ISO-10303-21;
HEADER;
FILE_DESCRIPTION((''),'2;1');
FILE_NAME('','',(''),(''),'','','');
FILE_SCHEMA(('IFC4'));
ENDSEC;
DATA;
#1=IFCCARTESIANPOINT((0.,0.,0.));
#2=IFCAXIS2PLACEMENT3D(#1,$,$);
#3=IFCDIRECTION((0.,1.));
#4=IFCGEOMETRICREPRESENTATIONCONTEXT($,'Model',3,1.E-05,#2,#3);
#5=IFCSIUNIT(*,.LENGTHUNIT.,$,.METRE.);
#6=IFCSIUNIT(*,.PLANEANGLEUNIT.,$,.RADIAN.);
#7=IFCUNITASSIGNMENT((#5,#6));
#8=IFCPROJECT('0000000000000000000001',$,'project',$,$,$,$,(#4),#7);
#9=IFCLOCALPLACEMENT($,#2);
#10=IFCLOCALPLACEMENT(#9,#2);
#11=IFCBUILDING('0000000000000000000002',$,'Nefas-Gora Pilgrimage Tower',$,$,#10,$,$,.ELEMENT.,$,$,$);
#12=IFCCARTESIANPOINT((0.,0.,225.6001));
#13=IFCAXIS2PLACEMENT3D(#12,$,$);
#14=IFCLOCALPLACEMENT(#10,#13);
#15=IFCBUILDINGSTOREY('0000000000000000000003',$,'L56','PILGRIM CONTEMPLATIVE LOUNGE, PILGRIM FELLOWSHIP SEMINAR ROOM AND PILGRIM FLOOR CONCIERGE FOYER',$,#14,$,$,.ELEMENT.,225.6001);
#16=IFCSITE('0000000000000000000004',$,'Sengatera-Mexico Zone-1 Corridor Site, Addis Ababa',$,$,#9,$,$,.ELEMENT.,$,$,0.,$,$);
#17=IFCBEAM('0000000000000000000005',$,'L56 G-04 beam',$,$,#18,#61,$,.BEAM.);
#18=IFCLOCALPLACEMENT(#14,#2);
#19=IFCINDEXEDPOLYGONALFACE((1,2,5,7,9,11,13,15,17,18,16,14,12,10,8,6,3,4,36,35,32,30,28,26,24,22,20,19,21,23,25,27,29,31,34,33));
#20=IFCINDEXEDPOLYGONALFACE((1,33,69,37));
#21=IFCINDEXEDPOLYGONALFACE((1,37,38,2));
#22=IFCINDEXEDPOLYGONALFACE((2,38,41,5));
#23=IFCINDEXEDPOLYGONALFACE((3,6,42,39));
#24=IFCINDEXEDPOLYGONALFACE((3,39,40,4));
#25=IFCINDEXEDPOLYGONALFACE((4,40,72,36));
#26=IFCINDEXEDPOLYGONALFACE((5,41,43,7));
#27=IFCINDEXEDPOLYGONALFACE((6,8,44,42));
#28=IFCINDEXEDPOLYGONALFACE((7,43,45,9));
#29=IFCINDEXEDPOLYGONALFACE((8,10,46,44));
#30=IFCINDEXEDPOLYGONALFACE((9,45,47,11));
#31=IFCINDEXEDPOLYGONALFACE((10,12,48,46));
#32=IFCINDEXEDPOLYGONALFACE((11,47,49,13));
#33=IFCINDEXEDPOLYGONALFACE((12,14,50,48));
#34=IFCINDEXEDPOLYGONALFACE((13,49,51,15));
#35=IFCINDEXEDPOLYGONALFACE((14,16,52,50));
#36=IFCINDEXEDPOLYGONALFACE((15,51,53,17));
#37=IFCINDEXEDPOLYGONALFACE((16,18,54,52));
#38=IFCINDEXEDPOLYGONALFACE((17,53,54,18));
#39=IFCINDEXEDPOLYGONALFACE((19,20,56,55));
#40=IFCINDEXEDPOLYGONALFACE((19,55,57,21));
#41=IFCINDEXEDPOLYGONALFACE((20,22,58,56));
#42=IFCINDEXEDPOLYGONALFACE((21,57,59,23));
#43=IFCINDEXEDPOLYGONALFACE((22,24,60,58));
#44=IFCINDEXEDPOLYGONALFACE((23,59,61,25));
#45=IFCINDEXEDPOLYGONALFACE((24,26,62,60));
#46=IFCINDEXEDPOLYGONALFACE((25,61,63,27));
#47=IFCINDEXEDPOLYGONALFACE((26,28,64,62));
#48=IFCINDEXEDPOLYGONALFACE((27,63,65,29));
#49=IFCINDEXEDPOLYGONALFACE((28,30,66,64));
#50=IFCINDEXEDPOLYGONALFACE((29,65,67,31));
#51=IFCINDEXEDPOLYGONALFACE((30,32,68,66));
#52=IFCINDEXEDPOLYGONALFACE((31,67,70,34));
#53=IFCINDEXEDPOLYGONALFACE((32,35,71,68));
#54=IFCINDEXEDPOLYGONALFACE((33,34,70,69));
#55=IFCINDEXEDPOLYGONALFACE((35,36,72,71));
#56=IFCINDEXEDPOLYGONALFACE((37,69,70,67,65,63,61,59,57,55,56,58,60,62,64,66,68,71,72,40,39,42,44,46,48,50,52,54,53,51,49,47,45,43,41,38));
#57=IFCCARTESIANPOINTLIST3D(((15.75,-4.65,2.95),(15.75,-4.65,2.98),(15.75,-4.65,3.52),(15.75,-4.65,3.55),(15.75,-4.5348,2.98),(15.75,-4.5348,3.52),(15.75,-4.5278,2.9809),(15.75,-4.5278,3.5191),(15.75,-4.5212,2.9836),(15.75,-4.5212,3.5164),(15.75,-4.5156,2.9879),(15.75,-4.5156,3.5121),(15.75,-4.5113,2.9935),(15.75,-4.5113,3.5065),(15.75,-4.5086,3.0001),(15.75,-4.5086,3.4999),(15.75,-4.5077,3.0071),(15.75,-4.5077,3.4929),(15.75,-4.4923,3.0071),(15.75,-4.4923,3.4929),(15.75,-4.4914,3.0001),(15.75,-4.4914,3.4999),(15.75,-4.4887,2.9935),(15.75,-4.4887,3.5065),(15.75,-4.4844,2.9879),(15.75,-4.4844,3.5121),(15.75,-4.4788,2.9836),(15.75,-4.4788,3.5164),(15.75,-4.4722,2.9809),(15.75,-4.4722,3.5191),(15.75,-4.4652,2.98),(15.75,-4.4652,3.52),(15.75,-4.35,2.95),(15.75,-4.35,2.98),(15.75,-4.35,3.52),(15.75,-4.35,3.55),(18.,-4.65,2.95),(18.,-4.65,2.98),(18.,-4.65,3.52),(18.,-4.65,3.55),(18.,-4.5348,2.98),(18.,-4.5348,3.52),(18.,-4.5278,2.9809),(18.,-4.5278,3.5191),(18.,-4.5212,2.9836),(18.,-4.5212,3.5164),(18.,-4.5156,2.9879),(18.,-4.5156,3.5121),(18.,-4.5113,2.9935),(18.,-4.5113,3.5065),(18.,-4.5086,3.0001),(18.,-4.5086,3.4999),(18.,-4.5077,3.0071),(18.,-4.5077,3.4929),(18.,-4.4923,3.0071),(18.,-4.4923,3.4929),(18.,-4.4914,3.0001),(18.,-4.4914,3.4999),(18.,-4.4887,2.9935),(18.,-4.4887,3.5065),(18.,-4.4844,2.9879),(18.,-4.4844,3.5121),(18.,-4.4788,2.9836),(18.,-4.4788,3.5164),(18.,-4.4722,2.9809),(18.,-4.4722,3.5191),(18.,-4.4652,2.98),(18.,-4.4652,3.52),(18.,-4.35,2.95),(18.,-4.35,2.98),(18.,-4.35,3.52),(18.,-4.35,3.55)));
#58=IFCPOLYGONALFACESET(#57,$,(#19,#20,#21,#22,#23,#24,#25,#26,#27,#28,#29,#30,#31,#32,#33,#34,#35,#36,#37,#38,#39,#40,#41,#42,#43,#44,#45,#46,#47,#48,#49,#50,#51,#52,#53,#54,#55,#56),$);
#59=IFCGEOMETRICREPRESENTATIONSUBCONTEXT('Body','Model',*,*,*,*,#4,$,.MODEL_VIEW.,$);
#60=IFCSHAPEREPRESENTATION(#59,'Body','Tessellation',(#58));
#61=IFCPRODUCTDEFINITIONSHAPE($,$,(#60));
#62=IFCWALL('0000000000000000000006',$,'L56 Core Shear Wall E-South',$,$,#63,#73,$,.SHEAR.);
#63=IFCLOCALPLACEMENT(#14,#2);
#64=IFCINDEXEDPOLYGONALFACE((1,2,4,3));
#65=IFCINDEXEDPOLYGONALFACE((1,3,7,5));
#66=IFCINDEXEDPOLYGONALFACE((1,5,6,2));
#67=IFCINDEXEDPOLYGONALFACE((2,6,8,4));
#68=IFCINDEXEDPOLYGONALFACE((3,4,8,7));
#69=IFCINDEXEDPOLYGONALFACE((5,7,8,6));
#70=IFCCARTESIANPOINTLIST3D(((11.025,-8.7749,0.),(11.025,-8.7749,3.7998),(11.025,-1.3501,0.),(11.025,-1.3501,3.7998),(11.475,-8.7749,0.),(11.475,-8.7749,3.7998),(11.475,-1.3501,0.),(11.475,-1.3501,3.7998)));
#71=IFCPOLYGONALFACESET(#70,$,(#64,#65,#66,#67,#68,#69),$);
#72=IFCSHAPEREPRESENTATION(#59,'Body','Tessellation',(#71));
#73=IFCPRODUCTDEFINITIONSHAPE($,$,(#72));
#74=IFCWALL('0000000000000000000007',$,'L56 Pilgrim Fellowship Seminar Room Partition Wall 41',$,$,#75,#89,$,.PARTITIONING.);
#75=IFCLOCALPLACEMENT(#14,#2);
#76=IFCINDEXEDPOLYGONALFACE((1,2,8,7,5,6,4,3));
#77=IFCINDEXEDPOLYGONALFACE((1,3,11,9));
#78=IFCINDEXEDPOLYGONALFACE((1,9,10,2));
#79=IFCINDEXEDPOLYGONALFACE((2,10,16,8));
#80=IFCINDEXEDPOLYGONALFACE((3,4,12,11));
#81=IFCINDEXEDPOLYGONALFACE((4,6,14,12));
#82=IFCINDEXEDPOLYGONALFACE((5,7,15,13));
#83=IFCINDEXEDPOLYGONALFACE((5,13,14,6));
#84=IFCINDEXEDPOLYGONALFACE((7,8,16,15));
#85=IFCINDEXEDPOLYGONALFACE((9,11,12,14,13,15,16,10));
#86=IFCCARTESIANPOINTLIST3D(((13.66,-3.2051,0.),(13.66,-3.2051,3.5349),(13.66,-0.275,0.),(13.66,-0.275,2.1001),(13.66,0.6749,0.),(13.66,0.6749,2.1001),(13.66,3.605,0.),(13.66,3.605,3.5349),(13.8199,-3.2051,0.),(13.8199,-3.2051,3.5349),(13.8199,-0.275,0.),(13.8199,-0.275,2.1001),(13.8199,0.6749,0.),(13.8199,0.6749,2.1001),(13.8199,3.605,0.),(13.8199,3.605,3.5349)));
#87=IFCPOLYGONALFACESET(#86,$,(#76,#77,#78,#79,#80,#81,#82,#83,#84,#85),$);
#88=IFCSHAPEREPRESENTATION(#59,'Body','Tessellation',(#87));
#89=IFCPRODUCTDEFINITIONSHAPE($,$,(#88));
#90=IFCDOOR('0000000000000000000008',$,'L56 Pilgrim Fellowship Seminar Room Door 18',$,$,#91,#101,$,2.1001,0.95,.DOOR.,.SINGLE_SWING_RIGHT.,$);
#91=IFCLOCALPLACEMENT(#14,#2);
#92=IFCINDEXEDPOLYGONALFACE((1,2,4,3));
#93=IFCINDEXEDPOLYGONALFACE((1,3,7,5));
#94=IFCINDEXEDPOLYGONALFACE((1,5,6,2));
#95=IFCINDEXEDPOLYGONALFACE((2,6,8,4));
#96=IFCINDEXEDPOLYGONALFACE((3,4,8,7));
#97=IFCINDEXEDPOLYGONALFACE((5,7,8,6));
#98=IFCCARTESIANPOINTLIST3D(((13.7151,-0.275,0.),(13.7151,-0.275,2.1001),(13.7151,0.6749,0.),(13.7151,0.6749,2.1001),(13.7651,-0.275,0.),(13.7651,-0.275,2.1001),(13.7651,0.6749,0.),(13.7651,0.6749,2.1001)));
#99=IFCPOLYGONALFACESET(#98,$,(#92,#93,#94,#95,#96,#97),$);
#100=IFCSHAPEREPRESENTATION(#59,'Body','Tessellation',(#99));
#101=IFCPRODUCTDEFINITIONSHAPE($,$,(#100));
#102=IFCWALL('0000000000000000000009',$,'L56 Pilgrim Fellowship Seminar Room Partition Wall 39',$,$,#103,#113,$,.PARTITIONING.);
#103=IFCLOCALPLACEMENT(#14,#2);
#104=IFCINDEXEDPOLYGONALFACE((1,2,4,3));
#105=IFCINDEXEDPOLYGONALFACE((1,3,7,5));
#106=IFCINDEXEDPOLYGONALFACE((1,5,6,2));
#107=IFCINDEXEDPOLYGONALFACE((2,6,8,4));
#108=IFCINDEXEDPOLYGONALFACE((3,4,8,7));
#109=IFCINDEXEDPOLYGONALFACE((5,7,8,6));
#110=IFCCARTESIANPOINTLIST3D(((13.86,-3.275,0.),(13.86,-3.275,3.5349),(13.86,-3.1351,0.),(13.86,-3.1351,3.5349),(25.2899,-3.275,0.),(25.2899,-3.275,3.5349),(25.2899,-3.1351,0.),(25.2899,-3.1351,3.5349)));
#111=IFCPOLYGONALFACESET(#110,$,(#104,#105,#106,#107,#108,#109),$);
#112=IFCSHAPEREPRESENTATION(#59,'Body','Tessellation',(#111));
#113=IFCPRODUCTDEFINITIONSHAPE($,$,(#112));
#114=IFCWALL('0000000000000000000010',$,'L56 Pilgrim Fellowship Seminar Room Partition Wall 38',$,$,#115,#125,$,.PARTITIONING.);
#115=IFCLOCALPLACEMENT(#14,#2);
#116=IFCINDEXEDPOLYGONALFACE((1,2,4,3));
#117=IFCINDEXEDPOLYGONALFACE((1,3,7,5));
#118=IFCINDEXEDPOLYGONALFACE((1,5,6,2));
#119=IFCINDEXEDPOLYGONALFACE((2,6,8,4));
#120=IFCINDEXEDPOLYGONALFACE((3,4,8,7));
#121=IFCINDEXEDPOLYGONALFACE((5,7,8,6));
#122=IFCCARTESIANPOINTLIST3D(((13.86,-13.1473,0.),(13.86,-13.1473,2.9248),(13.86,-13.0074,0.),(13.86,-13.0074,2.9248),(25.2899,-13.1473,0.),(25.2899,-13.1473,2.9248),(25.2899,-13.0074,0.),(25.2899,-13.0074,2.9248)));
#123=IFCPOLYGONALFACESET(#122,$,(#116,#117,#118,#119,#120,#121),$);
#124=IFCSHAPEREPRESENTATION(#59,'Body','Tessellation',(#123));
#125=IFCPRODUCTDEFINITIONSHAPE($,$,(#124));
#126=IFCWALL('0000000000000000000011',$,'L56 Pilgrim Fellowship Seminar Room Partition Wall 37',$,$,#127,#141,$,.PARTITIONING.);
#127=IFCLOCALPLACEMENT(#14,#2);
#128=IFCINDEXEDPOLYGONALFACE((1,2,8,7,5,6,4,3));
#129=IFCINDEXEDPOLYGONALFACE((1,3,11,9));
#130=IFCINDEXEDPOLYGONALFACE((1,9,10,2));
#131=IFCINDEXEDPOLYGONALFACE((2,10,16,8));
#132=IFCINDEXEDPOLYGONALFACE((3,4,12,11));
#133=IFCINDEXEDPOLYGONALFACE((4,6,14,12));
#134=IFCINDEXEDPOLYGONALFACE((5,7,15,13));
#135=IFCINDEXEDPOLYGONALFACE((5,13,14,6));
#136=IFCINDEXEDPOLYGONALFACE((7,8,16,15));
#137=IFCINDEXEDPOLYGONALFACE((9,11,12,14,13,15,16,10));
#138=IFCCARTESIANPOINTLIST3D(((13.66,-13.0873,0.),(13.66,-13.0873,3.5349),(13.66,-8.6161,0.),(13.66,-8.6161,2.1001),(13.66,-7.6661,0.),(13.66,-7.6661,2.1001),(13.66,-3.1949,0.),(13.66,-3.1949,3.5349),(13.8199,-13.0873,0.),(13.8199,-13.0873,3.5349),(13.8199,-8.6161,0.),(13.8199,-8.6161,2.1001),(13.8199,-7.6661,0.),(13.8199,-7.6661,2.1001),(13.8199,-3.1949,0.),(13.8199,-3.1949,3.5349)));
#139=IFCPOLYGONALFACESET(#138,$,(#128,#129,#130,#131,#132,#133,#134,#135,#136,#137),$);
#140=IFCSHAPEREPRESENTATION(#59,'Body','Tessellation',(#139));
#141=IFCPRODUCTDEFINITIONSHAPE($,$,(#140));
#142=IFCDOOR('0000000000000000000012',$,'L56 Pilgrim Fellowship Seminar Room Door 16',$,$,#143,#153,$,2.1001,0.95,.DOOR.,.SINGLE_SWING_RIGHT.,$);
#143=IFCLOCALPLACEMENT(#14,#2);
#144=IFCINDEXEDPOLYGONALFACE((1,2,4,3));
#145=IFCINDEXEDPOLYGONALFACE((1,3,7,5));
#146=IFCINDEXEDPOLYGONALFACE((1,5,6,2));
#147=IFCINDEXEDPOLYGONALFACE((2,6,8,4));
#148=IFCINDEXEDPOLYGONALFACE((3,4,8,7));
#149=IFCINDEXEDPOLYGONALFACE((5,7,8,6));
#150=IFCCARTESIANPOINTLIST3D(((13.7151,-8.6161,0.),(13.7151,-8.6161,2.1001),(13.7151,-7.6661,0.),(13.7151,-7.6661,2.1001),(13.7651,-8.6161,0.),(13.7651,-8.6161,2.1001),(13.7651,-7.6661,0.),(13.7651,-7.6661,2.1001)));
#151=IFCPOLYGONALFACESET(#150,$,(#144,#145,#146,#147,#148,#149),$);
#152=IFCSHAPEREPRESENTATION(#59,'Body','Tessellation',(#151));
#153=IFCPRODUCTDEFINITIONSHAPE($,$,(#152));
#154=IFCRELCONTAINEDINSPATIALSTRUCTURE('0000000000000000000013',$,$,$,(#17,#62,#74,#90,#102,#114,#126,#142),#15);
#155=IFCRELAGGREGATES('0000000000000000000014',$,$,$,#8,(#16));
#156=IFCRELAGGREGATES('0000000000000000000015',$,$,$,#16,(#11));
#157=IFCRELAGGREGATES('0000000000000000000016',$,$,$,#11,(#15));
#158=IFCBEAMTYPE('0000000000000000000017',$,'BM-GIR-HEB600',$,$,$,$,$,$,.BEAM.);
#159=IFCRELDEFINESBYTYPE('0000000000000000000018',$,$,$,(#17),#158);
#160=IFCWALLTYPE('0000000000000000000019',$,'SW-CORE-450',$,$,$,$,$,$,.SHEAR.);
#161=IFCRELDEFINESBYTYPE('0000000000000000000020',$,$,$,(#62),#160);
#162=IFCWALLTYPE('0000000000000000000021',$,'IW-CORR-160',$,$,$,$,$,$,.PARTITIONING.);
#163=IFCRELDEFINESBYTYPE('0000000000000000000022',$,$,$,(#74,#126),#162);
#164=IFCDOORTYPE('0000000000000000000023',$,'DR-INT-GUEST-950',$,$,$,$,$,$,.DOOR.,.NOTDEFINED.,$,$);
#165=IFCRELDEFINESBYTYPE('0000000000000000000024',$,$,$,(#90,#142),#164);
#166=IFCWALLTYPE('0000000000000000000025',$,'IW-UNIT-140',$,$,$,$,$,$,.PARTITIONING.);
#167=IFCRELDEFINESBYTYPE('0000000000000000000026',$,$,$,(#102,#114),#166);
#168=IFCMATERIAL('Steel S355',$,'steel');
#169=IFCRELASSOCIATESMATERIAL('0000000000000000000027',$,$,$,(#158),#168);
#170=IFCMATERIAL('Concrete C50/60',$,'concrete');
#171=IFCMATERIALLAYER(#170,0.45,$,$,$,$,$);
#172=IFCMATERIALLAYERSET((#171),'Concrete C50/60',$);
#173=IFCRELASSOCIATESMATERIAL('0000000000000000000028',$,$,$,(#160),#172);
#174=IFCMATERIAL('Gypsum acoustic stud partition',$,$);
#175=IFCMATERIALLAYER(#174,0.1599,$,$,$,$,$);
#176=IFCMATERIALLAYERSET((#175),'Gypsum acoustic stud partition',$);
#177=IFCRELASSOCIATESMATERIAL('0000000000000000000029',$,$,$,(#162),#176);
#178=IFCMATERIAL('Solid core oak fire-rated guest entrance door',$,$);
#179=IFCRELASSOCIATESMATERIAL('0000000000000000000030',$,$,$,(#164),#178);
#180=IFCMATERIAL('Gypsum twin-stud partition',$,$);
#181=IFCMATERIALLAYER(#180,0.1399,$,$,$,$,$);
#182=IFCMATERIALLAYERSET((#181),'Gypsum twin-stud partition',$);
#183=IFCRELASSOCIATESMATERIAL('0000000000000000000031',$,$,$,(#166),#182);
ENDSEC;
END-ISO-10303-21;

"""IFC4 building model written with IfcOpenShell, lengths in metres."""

from ifc_helpers import new_model, si_unit, direction, frame, frame_2d, origin, origin_2d, place, context, subcontext, project, spatial, rectangle, i_section, extrude, source, transform, mapped, material, layer, layer_set, material_profile, profile_set, type_object, element, fill, save


model = new_model("IFC4")

# Units and contexts
model_context = context("Model", 3, precision=1e-05, world=origin(), true_north=direction((0.0, 1.0)))
body_context = subcontext(model_context, "Body", "Model", "MODEL_VIEW")
ifc_project = project(units=[si_unit("LENGTHUNIT", "METRE"), si_unit("PLANEANGLEUNIT", "RADIAN")], contexts=[model_context])

# Site, building, storey
site_placement = place(None, origin())
site = spatial("IfcSite", under=ifc_project, at=site_placement, Name="Sengatera-Mexico Zone-1 Corridor Site, Addis Ababa", CompositionType="ELEMENT", RefElevation=0.0)
building_placement = place(site_placement, origin())
building = spatial("IfcBuilding", under=site, at=building_placement, Name="Nefas-Gora Pilgrimage Tower", CompositionType="ELEMENT")
storey_placement = place(building_placement, frame((0.0, 0.0, 225.6001)))
storey = spatial("IfcBuildingStorey", under=building, at=storey_placement, Name="L56", Description="PILGRIM CONTEMPLATIVE LOUNGE, PILGRIM FELLOWSHIP SEMINAR ROOM AND PILGRIM FLOOR CONCIERGE FOYER", CompositionType="ELEMENT", Elevation=225.6001)

# Beam
ifc_material_1 = material(Name="Concrete C50/60", Category="concrete")
ifc_material_2 = material(Name="Steel S355", Category="steel")
ifc_material_profile_1 = material_profile(ifc_material_2, i_section(OverallWidth=0.3, OverallDepth=0.6001, WebThickness=0.0154, FlangeThickness=0.03, FilletRadius=0.0271, at=origin_2d()), Name="HEB 600")
ifc_profile_set_1 = profile_set([ifc_material_profile_1], Name="Steel S355")
beam_type_1 = type_object("IfcBeamType", Name="BM-GIR-HEB600", PredefinedType="BEAM", material=ifc_profile_set_1)
shared_shape_1 = source(origin(), body_context, "Body", "SweptSolid", [
    extrude(i_section(OverallWidth=0.3, OverallDepth=0.6001, WebThickness=0.0154, FlangeThickness=0.03, FilletRadius=0.0271, at=origin_2d()), origin(), (0.0, 0.0, 1.0), 2.25),
])
for number, where, z_axis, x_axis, name in (
    (1, (15.75, -4.5, 3.25), (1.0, 0.0, 0.0), (0.0, 1.0, 0.0), "L56 G-04 beam"),
):
    element("IfcBeam", number, at=place(storey_placement, frame(where, z_axis=z_axis, x_axis=x_axis)), inside=storey, type_object=beam_type_1, Name=name, PredefinedType="BEAM", context=body_context, shape_type="MappedRepresentation", body=[
        mapped(shared_shape_1, transform((0.0, 0.0, 0.0), x_axis=(1.0, 0.0, 0.0), y_axis=(0.0, 1.0, 0.0), z_axis=(0.0, 0.0, 1.0), scale=1.0)),
    ])

# Wall
ifc_layer_1 = layer(ifc_material_1, 0.45)
ifc_layer_set_1 = layer_set([ifc_layer_1], Name="Concrete C50/60")
wall_type_1 = type_object("IfcWallType", Name="SW-CORE-450", PredefinedType="SHEAR", material=ifc_layer_set_1)
shared_shape_2 = source(origin(), body_context, "Body", "SweptSolid", [
    extrude(rectangle(XDim=7.4248, YDim=0.45, at=frame_2d((3.7124, 0.0))), origin(), (0.0, 0.0, 1.0), 3.7998),
])
wall_1_placement = place(storey_placement, frame((11.25, -8.7749, 0.0), z_axis=(0.0, 0.0, 1.0), x_axis=(0.0, 1.0, 0.0)))
element("IfcWall", 2, at=wall_1_placement, inside=storey, type_object=wall_type_1, Name="L56 Core Shear Wall E-South", PredefinedType="SHEAR", context=body_context, shape_type="MappedRepresentation", body=[
    mapped(shared_shape_2, transform((0.0, 0.0, 0.0), x_axis=(1.0, 0.0, 0.0), y_axis=(0.0, 1.0, 0.0), z_axis=(0.0, 0.0, 1.0), scale=1.0)),
])

# Wall, opening, door
ifc_material_3 = material(Name="Gypsum acoustic stud partition")
ifc_layer_2 = layer(ifc_material_3, 0.1599)
ifc_layer_set_2 = layer_set([ifc_layer_2], Name="Gypsum acoustic stud partition")
wall_type_2 = type_object("IfcWallType", Name="IW-CORR-160", PredefinedType="PARTITIONING", material=ifc_layer_set_2)
shared_shape_3 = source(origin(), body_context, "Body", "SweptSolid", [
    extrude(rectangle(XDim=6.8101, YDim=0.1599, at=frame_2d((3.405, 0.0))), origin(), (0.0, 0.0, 1.0), 3.5349),
])
wall_2_placement = place(storey_placement, frame((13.74, -3.2051, 0.0), z_axis=(0.0, 0.0, 1.0), x_axis=(0.0, 1.0, 0.0)))
wall_2 = element("IfcWall", 3, at=wall_2_placement, inside=storey, type_object=wall_type_2, Name="L56 Pilgrim Fellowship Seminar Room Partition Wall 41", PredefinedType="PARTITIONING", context=body_context, shape_type="MappedRepresentation", body=[
    mapped(shared_shape_3, transform((0.0, 0.0, 0.0), x_axis=(1.0, 0.0, 0.0), y_axis=(0.0, 1.0, 0.0), z_axis=(0.0, 0.0, 1.0), scale=1.0)),
])
opening_1_placement = place(wall_2_placement, frame((2.9299, 0.0, 0.0)))
opening_1 = element("IfcOpeningElement", 4, at=opening_1_placement, cuts=wall_2, PredefinedType="OPENING", context=body_context, shape_type="SweptSolid", body=[
    extrude(rectangle(XDim=0.95, YDim=2.1001, at=frame_2d((0.4751, 1.05))), frame((0.0, 0.0898, 0.0), z_axis=(0.0, -1.0, 0.0), x_axis=(1.0, 0.0, 0.0)), (0.0, 0.0, 1.0), 0.1799),
])
ifc_material_4 = material(Name="Solid core oak fire-rated guest entrance door")
door_type_1 = type_object("IfcDoorType", Name="DR-INT-GUEST-950", OperationType="NOTDEFINED", PredefinedType="DOOR", material=ifc_material_4)
shared_shape_4 = source(origin(), body_context, "Body", "SweptSolid", [
    extrude(rectangle(XDim=0.95, YDim=2.1001, at=frame_2d((0.4751, 1.05))), frame((0.0, 0.0249, 0.0), z_axis=(0.0, -1.0, 0.0), x_axis=(1.0, 0.0, 0.0)), (0.0, 0.0, 1.0), 0.05),
])
door_1_placement = place(opening_1_placement, origin())
door_1 = element("IfcDoor", 5, at=door_1_placement, inside=storey, type_object=door_type_1, Name="L56 Pilgrim Fellowship Seminar Room Door 18", OperationType="SINGLE_SWING_RIGHT", OverallHeight=2.1001, OverallWidth=0.95, PredefinedType="DOOR", context=body_context, shape_type="MappedRepresentation", body=[
    mapped(shared_shape_4, transform((0.0, 0.0, 0.0), x_axis=(1.0, 0.0, 0.0), y_axis=(0.0, 1.0, 0.0), z_axis=(0.0, 0.0, 1.0), scale=1.0)),
])
fill(opening_1, door_1)

# Wall
ifc_material_5 = material(Name="Gypsum twin-stud partition")
ifc_layer_3 = layer(ifc_material_5, 0.1399)
ifc_layer_set_3 = layer_set([ifc_layer_3], Name="Gypsum twin-stud partition")
wall_type_3 = type_object("IfcWallType", Name="IW-UNIT-140", PredefinedType="PARTITIONING", material=ifc_layer_set_3)
shared_shape_5 = source(origin(), body_context, "Body", "SweptSolid", [
    extrude(rectangle(XDim=11.4299, YDim=0.1399, at=frame_2d((5.7148, 0.0))), origin(), (0.0, 0.0, 1.0), 3.5349),
])
wall_3_placement = place(storey_placement, frame((13.8601, -3.2051, 0.0), z_axis=(0.0, 0.0, 1.0), x_axis=(1.0, 0.0, 0.0)))
element("IfcWall", 6, at=wall_3_placement, inside=storey, type_object=wall_type_3, Name="L56 Pilgrim Fellowship Seminar Room Partition Wall 39", PredefinedType="PARTITIONING", context=body_context, shape_type="MappedRepresentation", body=[
    mapped(shared_shape_5, transform((0.0, 0.0, 0.0), x_axis=(1.0, 0.0, 0.0), y_axis=(0.0, 1.0, 0.0), z_axis=(0.0, 0.0, 1.0), scale=1.0)),
])

# Wall
shared_shape_6 = source(origin(), body_context, "Body", "SweptSolid", [
    extrude(rectangle(XDim=11.4299, YDim=0.1399, at=frame_2d((5.7148, 0.0))), origin(), (0.0, 0.0, 1.0), 2.9248),
])
wall_4_placement = place(storey_placement, frame((13.8601, -13.0774, 0.0), z_axis=(0.0, 0.0, 1.0), x_axis=(1.0, 0.0, 0.0)))
element("IfcWall", 7, at=wall_4_placement, inside=storey, type_object=wall_type_3, Name="L56 Pilgrim Fellowship Seminar Room Partition Wall 38", PredefinedType="PARTITIONING", context=body_context, shape_type="MappedRepresentation", body=[
    mapped(shared_shape_6, transform((0.0, 0.0, 0.0), x_axis=(1.0, 0.0, 0.0), y_axis=(0.0, 1.0, 0.0), z_axis=(0.0, 0.0, 1.0), scale=1.0)),
])

# Wall, opening, door
shared_shape_7 = source(origin(), body_context, "Body", "SweptSolid", [
    extrude(rectangle(XDim=9.8923, YDim=0.1599, at=frame_2d((4.9463, 0.0))), origin(), (0.0, 0.0, 1.0), 3.5349),
])
wall_5_placement = place(storey_placement, frame((13.74, -13.0874, 0.0), z_axis=(0.0, 0.0, 1.0), x_axis=(0.0, 1.0, 0.0)))
wall_5 = element("IfcWall", 8, at=wall_5_placement, inside=storey, type_object=wall_type_2, Name="L56 Pilgrim Fellowship Seminar Room Partition Wall 37", PredefinedType="PARTITIONING", context=body_context, shape_type="MappedRepresentation", body=[
    mapped(shared_shape_7, transform((0.0, 0.0, 0.0), x_axis=(1.0, 0.0, 0.0), y_axis=(0.0, 1.0, 0.0), z_axis=(0.0, 0.0, 1.0), scale=1.0)),
])
opening_2_placement = place(wall_5_placement, frame((4.4712, 0.0, 0.0)))
opening_2 = element("IfcOpeningElement", 9, at=opening_2_placement, cuts=wall_5, PredefinedType="OPENING", context=body_context, shape_type="SweptSolid", body=[
    extrude(rectangle(XDim=0.95, YDim=2.1001, at=frame_2d((0.4751, 1.05))), frame((0.0, 0.0898, 0.0), z_axis=(0.0, -1.0, 0.0), x_axis=(1.0, 0.0, 0.0)), (0.0, 0.0, 1.0), 0.1799),
])
door_2_placement = place(opening_2_placement, origin())
door_2 = element("IfcDoor", 10, at=door_2_placement, inside=storey, type_object=door_type_1, Name="L56 Pilgrim Fellowship Seminar Room Door 16", OperationType="SINGLE_SWING_RIGHT", OverallHeight=2.1001, OverallWidth=0.95, PredefinedType="DOOR", context=body_context, shape_type="MappedRepresentation", body=[
    mapped(shared_shape_4, transform((0.0, 0.0, 0.0), x_axis=(1.0, 0.0, 0.0), y_axis=(0.0, 1.0, 0.0), z_axis=(0.0, 0.0, 1.0), scale=1.0)),
])
fill(opening_2, door_2)

save(model, "model.ifc")
